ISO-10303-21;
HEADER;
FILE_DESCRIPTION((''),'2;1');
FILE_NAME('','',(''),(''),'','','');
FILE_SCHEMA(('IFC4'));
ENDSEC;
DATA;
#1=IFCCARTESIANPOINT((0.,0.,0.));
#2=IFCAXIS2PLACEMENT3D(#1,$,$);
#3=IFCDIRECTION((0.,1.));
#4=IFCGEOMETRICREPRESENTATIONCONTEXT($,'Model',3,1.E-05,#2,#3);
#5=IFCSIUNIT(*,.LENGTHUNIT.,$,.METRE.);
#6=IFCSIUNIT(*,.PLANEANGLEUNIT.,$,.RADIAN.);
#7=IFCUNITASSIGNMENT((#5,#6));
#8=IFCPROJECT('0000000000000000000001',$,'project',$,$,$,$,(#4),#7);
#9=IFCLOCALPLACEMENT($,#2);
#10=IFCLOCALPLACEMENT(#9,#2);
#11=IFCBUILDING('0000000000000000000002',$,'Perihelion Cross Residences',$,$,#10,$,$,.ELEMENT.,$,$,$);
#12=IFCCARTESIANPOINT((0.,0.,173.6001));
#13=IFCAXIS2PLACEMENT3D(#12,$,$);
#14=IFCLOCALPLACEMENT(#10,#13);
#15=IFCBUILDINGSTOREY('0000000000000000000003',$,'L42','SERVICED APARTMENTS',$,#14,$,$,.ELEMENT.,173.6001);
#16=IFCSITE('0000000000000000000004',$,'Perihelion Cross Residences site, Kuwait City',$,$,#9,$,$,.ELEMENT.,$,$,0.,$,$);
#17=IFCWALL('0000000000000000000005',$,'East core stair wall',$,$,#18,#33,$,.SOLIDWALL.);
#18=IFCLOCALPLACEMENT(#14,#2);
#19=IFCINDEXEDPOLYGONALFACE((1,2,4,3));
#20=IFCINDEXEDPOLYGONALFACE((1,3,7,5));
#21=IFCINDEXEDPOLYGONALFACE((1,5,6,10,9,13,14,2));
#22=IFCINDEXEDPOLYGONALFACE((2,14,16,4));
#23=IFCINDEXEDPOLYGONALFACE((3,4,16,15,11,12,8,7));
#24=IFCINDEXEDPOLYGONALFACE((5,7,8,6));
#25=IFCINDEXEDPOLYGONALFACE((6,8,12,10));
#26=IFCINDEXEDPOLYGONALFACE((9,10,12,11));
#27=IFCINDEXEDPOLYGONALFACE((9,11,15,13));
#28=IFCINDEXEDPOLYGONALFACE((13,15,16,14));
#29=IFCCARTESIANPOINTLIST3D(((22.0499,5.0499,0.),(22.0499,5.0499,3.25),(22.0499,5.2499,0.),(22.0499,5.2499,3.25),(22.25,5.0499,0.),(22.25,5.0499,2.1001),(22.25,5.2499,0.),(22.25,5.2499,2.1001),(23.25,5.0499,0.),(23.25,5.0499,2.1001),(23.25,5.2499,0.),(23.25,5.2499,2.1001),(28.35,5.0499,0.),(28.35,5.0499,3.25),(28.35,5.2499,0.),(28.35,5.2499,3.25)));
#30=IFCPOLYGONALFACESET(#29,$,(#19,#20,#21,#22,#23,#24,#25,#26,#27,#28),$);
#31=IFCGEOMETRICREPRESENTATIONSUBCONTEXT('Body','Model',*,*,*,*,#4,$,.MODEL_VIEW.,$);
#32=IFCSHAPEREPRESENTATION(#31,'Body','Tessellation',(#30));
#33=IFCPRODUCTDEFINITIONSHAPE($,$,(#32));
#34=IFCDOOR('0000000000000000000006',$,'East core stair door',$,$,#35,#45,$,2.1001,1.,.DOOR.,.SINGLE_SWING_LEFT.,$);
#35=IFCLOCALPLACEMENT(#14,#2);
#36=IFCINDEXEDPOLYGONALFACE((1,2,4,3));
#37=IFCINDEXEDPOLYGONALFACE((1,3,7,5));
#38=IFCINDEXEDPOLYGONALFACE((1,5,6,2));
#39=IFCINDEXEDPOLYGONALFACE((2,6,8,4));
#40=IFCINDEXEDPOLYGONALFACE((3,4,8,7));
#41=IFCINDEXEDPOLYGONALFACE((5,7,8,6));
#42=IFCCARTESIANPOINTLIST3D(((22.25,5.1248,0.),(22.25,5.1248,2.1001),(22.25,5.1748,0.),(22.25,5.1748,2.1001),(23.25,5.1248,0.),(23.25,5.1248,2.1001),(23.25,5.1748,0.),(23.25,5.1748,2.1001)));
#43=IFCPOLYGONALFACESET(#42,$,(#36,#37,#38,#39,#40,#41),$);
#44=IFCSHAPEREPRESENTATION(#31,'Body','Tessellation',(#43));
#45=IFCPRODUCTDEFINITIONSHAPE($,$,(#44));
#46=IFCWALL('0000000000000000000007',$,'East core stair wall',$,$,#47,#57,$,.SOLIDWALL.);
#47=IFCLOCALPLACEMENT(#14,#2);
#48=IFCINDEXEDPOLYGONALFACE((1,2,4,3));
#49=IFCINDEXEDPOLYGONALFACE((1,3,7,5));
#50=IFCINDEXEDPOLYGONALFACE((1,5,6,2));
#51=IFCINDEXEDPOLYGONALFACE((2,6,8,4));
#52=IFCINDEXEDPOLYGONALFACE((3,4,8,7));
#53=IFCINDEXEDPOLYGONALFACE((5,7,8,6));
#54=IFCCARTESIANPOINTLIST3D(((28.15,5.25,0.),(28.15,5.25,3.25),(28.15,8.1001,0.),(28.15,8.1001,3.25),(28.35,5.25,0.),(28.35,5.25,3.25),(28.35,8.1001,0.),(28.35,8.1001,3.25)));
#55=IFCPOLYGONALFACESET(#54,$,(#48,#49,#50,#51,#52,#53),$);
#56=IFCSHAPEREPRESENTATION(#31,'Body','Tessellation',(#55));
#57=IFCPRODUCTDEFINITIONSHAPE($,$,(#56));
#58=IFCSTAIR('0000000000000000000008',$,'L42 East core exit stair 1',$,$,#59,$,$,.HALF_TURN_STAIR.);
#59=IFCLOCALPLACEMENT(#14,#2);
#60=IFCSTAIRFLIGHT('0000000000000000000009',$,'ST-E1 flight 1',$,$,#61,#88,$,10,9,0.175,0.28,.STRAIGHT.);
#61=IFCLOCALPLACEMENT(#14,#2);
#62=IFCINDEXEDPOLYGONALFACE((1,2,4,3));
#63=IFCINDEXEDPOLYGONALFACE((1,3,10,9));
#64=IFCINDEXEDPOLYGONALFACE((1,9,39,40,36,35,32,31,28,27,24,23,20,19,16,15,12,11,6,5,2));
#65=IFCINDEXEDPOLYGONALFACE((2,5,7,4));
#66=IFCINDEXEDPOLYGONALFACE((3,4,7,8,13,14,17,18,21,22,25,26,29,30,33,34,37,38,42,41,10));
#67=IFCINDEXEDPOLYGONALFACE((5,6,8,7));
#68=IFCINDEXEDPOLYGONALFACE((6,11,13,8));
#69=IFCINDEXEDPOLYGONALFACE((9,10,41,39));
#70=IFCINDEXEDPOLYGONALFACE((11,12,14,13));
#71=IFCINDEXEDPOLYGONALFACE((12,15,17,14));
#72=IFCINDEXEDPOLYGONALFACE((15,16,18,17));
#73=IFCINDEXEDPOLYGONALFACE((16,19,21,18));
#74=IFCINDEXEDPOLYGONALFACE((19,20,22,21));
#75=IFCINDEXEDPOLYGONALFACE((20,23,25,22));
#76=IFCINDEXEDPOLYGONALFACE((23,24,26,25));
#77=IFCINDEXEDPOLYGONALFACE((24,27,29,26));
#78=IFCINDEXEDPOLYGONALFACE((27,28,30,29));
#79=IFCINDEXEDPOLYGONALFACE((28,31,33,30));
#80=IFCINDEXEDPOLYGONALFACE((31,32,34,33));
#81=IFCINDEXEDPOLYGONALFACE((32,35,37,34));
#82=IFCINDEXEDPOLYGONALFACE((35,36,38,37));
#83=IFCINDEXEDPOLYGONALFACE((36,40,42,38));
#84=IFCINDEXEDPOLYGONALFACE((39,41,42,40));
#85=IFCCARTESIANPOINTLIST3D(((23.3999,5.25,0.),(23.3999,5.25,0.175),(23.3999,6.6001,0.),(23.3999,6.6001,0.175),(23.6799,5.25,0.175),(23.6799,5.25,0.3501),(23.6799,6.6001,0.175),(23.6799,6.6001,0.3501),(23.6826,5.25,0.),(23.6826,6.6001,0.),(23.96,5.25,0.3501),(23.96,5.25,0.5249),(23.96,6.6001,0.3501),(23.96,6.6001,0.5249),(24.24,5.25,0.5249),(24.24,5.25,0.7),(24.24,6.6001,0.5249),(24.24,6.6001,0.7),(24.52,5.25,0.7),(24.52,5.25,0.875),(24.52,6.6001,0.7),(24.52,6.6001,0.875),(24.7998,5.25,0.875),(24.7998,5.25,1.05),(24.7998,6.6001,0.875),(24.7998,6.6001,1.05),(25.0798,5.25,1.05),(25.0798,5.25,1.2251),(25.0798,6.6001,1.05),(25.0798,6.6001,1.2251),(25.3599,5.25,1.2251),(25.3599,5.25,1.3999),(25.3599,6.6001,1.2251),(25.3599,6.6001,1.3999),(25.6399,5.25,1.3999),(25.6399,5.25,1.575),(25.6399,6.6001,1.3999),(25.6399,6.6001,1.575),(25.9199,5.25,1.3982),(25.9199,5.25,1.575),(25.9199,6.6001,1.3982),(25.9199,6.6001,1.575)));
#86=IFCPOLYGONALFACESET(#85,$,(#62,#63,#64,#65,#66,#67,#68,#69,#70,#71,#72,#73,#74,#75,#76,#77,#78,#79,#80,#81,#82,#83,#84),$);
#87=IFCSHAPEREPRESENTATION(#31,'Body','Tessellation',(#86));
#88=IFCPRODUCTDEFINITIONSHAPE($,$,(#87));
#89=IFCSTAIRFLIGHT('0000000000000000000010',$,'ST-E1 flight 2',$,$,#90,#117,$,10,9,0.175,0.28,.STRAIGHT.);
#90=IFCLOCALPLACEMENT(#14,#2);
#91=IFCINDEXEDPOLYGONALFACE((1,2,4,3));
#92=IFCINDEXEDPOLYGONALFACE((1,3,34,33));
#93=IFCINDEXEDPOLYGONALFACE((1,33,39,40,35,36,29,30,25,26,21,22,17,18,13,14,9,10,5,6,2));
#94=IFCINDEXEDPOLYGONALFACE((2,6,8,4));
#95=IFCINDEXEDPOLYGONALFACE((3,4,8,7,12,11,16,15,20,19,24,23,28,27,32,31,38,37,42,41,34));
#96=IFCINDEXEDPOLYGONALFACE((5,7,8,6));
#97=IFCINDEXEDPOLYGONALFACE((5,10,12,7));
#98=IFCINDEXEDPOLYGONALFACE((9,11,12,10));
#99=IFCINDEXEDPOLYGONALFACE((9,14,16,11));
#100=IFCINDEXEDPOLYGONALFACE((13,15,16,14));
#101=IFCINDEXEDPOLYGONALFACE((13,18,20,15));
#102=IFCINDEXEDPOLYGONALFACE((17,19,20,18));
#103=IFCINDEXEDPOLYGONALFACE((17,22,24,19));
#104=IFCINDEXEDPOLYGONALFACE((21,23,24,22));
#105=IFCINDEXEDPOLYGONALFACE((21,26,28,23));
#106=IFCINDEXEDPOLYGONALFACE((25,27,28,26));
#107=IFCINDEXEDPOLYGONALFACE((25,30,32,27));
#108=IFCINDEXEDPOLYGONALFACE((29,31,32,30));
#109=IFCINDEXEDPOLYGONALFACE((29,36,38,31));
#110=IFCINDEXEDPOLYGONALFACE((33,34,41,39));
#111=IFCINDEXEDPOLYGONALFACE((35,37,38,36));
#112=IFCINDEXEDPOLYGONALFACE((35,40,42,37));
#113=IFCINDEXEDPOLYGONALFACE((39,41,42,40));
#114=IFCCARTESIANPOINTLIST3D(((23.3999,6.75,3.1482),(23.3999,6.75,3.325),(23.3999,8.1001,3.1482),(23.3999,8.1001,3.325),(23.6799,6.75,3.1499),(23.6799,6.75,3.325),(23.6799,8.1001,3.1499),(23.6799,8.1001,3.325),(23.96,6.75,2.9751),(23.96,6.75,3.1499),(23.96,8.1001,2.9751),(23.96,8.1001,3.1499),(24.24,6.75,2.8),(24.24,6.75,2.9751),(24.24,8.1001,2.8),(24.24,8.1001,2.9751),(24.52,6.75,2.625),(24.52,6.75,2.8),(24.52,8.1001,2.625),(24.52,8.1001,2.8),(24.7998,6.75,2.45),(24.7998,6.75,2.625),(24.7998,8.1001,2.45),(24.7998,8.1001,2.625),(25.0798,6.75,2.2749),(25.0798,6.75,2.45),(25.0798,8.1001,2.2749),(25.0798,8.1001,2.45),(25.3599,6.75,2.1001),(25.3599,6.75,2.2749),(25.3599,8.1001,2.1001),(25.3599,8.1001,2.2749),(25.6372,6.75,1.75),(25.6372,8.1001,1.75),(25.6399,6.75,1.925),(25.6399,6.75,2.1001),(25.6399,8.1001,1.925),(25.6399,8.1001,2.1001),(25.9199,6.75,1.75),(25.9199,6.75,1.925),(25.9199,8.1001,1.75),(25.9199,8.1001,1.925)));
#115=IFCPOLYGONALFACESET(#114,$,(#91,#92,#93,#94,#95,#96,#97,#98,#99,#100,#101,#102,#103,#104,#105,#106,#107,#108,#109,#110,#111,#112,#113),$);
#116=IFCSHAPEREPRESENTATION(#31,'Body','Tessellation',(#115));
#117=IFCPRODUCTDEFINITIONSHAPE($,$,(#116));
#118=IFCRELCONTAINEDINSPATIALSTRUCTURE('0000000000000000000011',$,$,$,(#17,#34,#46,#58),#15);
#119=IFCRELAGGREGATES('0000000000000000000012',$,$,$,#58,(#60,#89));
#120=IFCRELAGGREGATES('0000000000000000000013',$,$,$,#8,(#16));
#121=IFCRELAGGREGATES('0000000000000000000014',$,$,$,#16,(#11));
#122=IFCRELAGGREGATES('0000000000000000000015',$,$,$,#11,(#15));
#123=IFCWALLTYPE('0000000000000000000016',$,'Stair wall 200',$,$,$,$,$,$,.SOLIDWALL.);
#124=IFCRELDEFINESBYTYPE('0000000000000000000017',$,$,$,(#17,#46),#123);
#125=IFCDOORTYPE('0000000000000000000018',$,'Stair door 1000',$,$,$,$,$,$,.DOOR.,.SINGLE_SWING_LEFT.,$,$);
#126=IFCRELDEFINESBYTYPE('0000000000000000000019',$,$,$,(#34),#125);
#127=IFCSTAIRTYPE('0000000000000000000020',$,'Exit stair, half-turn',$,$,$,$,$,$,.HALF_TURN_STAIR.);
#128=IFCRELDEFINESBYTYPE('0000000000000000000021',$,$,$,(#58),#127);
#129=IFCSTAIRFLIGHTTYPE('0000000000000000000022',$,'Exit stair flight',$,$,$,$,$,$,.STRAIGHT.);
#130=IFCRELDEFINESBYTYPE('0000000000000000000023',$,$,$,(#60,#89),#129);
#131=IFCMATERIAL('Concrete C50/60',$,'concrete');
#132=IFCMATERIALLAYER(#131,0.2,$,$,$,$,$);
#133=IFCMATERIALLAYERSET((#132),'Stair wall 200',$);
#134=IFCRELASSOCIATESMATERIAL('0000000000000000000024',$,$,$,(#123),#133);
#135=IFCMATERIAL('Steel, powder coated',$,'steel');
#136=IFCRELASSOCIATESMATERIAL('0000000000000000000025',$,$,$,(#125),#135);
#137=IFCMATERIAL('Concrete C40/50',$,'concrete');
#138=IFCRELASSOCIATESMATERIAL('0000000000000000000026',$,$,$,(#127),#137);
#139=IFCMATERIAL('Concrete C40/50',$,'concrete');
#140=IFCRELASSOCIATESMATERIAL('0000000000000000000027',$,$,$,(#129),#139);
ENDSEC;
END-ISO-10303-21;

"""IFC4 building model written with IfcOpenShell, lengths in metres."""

from ifc_helpers import new_model, si_unit, direction, frame, frame_2d, origin, place, context, subcontext, project, spatial, polyline, rectangle, outline, extrude, material, layer, layer_set, type_object, element, fill, aggregate, save


model = new_model("IFC4")

# Units and contexts
model_context = context("Model", 3, precision=1e-05, world=origin(), true_north=direction((0.0, 1.0)))
body_context = subcontext(model_context, "Body", "Model", "MODEL_VIEW")
ifc_project = project(units=[si_unit("LENGTHUNIT", "METRE"), si_unit("PLANEANGLEUNIT", "RADIAN")], contexts=[model_context])

# Site, building, storey
site_placement = place(None, origin())
site = spatial("IfcSite", under=ifc_project, at=site_placement, Name="Perihelion Cross Residences site, Kuwait City", CompositionType="ELEMENT", RefElevation=0.0)
building_placement = place(site_placement, origin())
building = spatial("IfcBuilding", under=site, at=building_placement, Name="Perihelion Cross Residences", CompositionType="ELEMENT")
storey_placement = place(building_placement, frame((0.0, 0.0, 173.6001)))
storey = spatial("IfcBuildingStorey", under=building, at=storey_placement, Name="L42", Description="SERVICED APARTMENTS", CompositionType="ELEMENT", Elevation=173.6001)

# Wall, opening, door
ifc_material_1 = material(Name="Concrete C50/60", Category="concrete")
ifc_layer_1 = layer(ifc_material_1, 0.2)
ifc_layer_set_1 = layer_set([ifc_layer_1], Name="Stair wall 200")
wall_type_1 = type_object("IfcWallType", Name="Stair wall 200", PredefinedType="SOLIDWALL", material=ifc_layer_set_1)
wall_1_placement = place(storey_placement, frame((22.05, 5.1499, 0.0), z_axis=(0.0, 0.0, 1.0), x_axis=(1.0, 0.0, 0.0)))
wall_1 = element("IfcWall", 1, at=wall_1_placement, inside=storey, type_object=wall_type_1, Name="East core stair wall", PredefinedType="SOLIDWALL", context=body_context, shape_type="SweptSolid", body=[
    extrude(rectangle(XDim=6.3, YDim=0.2, at=frame_2d((3.1499, 0.0))), origin(), (0.0, 0.0, 1.0), 3.25),
])
opening_1_placement = place(wall_1_placement, frame((0.2, 0.0, 0.0)))
opening_1 = element("IfcOpeningElement", 2, at=opening_1_placement, cuts=wall_1, PredefinedType="OPENING", context=body_context, shape_type="SweptSolid", body=[
    extrude(rectangle(XDim=1.0, YDim=2.1001, at=frame_2d((0.5, 1.05))), frame((0.0, 0.1099, 0.0), z_axis=(0.0, -1.0, 0.0), x_axis=(1.0, 0.0, 0.0)), (0.0, 0.0, 1.0), 0.22),
])
ifc_material_2 = material(Name="Steel, powder coated", Category="steel")
door_type_1 = type_object("IfcDoorType", Name="Stair door 1000", OperationType="SINGLE_SWING_LEFT", PredefinedType="DOOR", material=ifc_material_2)
door_1_placement = place(opening_1_placement, origin())
door_1 = element("IfcDoor", 3, at=door_1_placement, inside=storey, type_object=door_type_1, Name="East core stair door", OperationType="SINGLE_SWING_LEFT", OverallHeight=2.1001, OverallWidth=1.0, PredefinedType="DOOR", context=body_context, shape_type="SweptSolid", body=[
    extrude(rectangle(XDim=1.0, YDim=2.1001, at=frame_2d((0.5, 1.05))), frame((0.0, 0.0249, 0.0), z_axis=(0.0, -1.0, 0.0), x_axis=(1.0, 0.0, 0.0)), (0.0, 0.0, 1.0), 0.05),
])
fill(opening_1, door_1)

# Wall
wall_2_placement = place(storey_placement, frame((28.25, 5.25, 0.0), z_axis=(0.0, 0.0, 1.0), x_axis=(0.0, 1.0, 0.0)))
element("IfcWall", 4, at=wall_2_placement, inside=storey, type_object=wall_type_1, Name="East core stair wall", PredefinedType="SOLIDWALL", context=body_context, shape_type="SweptSolid", body=[
    extrude(rectangle(XDim=2.8501, YDim=0.2, at=frame_2d((1.425, 0.0))), origin(), (0.0, 0.0, 1.0), 3.25),
])

# Stair, stair flights
ifc_material_3 = material(Name="Concrete C40/50", Category="concrete")
stair_type = type_object("IfcStairType", Name="Exit stair, half-turn", PredefinedType="HALF_TURN_STAIR", material=ifc_material_3)
stair_placement = place(storey_placement, origin())
stair = element("IfcStair", 5, at=stair_placement, inside=storey, type_object=stair_type, Name="L42 East core exit stair 1", PredefinedType="HALF_TURN_STAIR")
ifc_material_4 = material(Name="Concrete C40/50", Category="concrete")
stair_flight_type = type_object("IfcStairFlightType", Name="Exit stair flight", PredefinedType="STRAIGHT", material=ifc_material_4)
stair_flight_1_placement = place(storey_placement, frame((23.3999, 5.925, 0.0), z_axis=(0.0, 0.0, 1.0), x_axis=(1.0, 0.0, 0.0)))
stair_flight_1 = element("IfcStairFlight", 6, at=stair_flight_1_placement, type_object=stair_flight_type, Name="ST-E1 flight 1", NumberOfRisers=10, NumberOfTreads=9, PredefinedType="STRAIGHT", RiserHeight=0.175, TreadLength=0.28, context=body_context, shape_type="SweptSolid", body=[
    extrude(outline(polyline([(0.0, 0.0), (0.0, 0.175), (0.28, 0.175), (0.28, 0.3501), (0.5601, 0.3501), (0.5601, 0.5249), (0.8401, 0.5249), (0.8401, 0.7), (1.1201, 0.7), (1.1201, 0.875), (1.3999, 0.875), (1.3999, 1.05), (1.6799, 1.05), (1.6799, 1.2251), (1.96, 1.2251), (1.96, 1.3999), (2.24, 1.3999), (2.24, 1.575), (2.52, 1.575), (2.52, 1.75), (2.52, 1.3982), (0.2827, 0.0), (0.0, 0.0)])), frame((0.0, 0.675, 0.0), z_axis=(0.0, -1.0, 0.0), x_axis=(1.0, 0.0, 0.0)), (0.0, 0.0, 1.0), 1.3501),
])
stair_flight_2_placement = place(storey_placement, frame((25.9199, 7.425, 1.75), z_axis=(0.0, 0.0, 1.0), x_axis=(-1.0, 0.0, 0.0)))
stair_flight_2 = element("IfcStairFlight", 7, at=stair_flight_2_placement, type_object=stair_flight_type, Name="ST-E1 flight 2", NumberOfRisers=10, NumberOfTreads=9, PredefinedType="STRAIGHT", RiserHeight=0.175, TreadLength=0.28, context=body_context, shape_type="SweptSolid", body=[
    extrude(outline(polyline([(0.0, 0.0), (0.0, 0.175), (0.28, 0.175), (0.28, 0.3501), (0.5601, 0.3501), (0.5601, 0.5249), (0.8401, 0.5249), (0.8401, 0.7), (1.1201, 0.7), (1.1201, 0.875), (1.3999, 0.875), (1.3999, 1.05), (1.6799, 1.05), (1.6799, 1.2251), (1.96, 1.2251), (1.96, 1.3999), (2.24, 1.3999), (2.24, 1.575), (2.52, 1.575), (2.52, 1.75), (2.52, 1.3982), (0.2827, 0.0), (0.0, 0.0)])), frame((0.0, 0.675, 0.0), z_axis=(0.0, -1.0, 0.0), x_axis=(1.0, 0.0, 0.0)), (0.0, 0.0, 1.0), 1.3501),
])
aggregate(stair, [stair_flight_1, stair_flight_2])

save(model, "model.ifc")
